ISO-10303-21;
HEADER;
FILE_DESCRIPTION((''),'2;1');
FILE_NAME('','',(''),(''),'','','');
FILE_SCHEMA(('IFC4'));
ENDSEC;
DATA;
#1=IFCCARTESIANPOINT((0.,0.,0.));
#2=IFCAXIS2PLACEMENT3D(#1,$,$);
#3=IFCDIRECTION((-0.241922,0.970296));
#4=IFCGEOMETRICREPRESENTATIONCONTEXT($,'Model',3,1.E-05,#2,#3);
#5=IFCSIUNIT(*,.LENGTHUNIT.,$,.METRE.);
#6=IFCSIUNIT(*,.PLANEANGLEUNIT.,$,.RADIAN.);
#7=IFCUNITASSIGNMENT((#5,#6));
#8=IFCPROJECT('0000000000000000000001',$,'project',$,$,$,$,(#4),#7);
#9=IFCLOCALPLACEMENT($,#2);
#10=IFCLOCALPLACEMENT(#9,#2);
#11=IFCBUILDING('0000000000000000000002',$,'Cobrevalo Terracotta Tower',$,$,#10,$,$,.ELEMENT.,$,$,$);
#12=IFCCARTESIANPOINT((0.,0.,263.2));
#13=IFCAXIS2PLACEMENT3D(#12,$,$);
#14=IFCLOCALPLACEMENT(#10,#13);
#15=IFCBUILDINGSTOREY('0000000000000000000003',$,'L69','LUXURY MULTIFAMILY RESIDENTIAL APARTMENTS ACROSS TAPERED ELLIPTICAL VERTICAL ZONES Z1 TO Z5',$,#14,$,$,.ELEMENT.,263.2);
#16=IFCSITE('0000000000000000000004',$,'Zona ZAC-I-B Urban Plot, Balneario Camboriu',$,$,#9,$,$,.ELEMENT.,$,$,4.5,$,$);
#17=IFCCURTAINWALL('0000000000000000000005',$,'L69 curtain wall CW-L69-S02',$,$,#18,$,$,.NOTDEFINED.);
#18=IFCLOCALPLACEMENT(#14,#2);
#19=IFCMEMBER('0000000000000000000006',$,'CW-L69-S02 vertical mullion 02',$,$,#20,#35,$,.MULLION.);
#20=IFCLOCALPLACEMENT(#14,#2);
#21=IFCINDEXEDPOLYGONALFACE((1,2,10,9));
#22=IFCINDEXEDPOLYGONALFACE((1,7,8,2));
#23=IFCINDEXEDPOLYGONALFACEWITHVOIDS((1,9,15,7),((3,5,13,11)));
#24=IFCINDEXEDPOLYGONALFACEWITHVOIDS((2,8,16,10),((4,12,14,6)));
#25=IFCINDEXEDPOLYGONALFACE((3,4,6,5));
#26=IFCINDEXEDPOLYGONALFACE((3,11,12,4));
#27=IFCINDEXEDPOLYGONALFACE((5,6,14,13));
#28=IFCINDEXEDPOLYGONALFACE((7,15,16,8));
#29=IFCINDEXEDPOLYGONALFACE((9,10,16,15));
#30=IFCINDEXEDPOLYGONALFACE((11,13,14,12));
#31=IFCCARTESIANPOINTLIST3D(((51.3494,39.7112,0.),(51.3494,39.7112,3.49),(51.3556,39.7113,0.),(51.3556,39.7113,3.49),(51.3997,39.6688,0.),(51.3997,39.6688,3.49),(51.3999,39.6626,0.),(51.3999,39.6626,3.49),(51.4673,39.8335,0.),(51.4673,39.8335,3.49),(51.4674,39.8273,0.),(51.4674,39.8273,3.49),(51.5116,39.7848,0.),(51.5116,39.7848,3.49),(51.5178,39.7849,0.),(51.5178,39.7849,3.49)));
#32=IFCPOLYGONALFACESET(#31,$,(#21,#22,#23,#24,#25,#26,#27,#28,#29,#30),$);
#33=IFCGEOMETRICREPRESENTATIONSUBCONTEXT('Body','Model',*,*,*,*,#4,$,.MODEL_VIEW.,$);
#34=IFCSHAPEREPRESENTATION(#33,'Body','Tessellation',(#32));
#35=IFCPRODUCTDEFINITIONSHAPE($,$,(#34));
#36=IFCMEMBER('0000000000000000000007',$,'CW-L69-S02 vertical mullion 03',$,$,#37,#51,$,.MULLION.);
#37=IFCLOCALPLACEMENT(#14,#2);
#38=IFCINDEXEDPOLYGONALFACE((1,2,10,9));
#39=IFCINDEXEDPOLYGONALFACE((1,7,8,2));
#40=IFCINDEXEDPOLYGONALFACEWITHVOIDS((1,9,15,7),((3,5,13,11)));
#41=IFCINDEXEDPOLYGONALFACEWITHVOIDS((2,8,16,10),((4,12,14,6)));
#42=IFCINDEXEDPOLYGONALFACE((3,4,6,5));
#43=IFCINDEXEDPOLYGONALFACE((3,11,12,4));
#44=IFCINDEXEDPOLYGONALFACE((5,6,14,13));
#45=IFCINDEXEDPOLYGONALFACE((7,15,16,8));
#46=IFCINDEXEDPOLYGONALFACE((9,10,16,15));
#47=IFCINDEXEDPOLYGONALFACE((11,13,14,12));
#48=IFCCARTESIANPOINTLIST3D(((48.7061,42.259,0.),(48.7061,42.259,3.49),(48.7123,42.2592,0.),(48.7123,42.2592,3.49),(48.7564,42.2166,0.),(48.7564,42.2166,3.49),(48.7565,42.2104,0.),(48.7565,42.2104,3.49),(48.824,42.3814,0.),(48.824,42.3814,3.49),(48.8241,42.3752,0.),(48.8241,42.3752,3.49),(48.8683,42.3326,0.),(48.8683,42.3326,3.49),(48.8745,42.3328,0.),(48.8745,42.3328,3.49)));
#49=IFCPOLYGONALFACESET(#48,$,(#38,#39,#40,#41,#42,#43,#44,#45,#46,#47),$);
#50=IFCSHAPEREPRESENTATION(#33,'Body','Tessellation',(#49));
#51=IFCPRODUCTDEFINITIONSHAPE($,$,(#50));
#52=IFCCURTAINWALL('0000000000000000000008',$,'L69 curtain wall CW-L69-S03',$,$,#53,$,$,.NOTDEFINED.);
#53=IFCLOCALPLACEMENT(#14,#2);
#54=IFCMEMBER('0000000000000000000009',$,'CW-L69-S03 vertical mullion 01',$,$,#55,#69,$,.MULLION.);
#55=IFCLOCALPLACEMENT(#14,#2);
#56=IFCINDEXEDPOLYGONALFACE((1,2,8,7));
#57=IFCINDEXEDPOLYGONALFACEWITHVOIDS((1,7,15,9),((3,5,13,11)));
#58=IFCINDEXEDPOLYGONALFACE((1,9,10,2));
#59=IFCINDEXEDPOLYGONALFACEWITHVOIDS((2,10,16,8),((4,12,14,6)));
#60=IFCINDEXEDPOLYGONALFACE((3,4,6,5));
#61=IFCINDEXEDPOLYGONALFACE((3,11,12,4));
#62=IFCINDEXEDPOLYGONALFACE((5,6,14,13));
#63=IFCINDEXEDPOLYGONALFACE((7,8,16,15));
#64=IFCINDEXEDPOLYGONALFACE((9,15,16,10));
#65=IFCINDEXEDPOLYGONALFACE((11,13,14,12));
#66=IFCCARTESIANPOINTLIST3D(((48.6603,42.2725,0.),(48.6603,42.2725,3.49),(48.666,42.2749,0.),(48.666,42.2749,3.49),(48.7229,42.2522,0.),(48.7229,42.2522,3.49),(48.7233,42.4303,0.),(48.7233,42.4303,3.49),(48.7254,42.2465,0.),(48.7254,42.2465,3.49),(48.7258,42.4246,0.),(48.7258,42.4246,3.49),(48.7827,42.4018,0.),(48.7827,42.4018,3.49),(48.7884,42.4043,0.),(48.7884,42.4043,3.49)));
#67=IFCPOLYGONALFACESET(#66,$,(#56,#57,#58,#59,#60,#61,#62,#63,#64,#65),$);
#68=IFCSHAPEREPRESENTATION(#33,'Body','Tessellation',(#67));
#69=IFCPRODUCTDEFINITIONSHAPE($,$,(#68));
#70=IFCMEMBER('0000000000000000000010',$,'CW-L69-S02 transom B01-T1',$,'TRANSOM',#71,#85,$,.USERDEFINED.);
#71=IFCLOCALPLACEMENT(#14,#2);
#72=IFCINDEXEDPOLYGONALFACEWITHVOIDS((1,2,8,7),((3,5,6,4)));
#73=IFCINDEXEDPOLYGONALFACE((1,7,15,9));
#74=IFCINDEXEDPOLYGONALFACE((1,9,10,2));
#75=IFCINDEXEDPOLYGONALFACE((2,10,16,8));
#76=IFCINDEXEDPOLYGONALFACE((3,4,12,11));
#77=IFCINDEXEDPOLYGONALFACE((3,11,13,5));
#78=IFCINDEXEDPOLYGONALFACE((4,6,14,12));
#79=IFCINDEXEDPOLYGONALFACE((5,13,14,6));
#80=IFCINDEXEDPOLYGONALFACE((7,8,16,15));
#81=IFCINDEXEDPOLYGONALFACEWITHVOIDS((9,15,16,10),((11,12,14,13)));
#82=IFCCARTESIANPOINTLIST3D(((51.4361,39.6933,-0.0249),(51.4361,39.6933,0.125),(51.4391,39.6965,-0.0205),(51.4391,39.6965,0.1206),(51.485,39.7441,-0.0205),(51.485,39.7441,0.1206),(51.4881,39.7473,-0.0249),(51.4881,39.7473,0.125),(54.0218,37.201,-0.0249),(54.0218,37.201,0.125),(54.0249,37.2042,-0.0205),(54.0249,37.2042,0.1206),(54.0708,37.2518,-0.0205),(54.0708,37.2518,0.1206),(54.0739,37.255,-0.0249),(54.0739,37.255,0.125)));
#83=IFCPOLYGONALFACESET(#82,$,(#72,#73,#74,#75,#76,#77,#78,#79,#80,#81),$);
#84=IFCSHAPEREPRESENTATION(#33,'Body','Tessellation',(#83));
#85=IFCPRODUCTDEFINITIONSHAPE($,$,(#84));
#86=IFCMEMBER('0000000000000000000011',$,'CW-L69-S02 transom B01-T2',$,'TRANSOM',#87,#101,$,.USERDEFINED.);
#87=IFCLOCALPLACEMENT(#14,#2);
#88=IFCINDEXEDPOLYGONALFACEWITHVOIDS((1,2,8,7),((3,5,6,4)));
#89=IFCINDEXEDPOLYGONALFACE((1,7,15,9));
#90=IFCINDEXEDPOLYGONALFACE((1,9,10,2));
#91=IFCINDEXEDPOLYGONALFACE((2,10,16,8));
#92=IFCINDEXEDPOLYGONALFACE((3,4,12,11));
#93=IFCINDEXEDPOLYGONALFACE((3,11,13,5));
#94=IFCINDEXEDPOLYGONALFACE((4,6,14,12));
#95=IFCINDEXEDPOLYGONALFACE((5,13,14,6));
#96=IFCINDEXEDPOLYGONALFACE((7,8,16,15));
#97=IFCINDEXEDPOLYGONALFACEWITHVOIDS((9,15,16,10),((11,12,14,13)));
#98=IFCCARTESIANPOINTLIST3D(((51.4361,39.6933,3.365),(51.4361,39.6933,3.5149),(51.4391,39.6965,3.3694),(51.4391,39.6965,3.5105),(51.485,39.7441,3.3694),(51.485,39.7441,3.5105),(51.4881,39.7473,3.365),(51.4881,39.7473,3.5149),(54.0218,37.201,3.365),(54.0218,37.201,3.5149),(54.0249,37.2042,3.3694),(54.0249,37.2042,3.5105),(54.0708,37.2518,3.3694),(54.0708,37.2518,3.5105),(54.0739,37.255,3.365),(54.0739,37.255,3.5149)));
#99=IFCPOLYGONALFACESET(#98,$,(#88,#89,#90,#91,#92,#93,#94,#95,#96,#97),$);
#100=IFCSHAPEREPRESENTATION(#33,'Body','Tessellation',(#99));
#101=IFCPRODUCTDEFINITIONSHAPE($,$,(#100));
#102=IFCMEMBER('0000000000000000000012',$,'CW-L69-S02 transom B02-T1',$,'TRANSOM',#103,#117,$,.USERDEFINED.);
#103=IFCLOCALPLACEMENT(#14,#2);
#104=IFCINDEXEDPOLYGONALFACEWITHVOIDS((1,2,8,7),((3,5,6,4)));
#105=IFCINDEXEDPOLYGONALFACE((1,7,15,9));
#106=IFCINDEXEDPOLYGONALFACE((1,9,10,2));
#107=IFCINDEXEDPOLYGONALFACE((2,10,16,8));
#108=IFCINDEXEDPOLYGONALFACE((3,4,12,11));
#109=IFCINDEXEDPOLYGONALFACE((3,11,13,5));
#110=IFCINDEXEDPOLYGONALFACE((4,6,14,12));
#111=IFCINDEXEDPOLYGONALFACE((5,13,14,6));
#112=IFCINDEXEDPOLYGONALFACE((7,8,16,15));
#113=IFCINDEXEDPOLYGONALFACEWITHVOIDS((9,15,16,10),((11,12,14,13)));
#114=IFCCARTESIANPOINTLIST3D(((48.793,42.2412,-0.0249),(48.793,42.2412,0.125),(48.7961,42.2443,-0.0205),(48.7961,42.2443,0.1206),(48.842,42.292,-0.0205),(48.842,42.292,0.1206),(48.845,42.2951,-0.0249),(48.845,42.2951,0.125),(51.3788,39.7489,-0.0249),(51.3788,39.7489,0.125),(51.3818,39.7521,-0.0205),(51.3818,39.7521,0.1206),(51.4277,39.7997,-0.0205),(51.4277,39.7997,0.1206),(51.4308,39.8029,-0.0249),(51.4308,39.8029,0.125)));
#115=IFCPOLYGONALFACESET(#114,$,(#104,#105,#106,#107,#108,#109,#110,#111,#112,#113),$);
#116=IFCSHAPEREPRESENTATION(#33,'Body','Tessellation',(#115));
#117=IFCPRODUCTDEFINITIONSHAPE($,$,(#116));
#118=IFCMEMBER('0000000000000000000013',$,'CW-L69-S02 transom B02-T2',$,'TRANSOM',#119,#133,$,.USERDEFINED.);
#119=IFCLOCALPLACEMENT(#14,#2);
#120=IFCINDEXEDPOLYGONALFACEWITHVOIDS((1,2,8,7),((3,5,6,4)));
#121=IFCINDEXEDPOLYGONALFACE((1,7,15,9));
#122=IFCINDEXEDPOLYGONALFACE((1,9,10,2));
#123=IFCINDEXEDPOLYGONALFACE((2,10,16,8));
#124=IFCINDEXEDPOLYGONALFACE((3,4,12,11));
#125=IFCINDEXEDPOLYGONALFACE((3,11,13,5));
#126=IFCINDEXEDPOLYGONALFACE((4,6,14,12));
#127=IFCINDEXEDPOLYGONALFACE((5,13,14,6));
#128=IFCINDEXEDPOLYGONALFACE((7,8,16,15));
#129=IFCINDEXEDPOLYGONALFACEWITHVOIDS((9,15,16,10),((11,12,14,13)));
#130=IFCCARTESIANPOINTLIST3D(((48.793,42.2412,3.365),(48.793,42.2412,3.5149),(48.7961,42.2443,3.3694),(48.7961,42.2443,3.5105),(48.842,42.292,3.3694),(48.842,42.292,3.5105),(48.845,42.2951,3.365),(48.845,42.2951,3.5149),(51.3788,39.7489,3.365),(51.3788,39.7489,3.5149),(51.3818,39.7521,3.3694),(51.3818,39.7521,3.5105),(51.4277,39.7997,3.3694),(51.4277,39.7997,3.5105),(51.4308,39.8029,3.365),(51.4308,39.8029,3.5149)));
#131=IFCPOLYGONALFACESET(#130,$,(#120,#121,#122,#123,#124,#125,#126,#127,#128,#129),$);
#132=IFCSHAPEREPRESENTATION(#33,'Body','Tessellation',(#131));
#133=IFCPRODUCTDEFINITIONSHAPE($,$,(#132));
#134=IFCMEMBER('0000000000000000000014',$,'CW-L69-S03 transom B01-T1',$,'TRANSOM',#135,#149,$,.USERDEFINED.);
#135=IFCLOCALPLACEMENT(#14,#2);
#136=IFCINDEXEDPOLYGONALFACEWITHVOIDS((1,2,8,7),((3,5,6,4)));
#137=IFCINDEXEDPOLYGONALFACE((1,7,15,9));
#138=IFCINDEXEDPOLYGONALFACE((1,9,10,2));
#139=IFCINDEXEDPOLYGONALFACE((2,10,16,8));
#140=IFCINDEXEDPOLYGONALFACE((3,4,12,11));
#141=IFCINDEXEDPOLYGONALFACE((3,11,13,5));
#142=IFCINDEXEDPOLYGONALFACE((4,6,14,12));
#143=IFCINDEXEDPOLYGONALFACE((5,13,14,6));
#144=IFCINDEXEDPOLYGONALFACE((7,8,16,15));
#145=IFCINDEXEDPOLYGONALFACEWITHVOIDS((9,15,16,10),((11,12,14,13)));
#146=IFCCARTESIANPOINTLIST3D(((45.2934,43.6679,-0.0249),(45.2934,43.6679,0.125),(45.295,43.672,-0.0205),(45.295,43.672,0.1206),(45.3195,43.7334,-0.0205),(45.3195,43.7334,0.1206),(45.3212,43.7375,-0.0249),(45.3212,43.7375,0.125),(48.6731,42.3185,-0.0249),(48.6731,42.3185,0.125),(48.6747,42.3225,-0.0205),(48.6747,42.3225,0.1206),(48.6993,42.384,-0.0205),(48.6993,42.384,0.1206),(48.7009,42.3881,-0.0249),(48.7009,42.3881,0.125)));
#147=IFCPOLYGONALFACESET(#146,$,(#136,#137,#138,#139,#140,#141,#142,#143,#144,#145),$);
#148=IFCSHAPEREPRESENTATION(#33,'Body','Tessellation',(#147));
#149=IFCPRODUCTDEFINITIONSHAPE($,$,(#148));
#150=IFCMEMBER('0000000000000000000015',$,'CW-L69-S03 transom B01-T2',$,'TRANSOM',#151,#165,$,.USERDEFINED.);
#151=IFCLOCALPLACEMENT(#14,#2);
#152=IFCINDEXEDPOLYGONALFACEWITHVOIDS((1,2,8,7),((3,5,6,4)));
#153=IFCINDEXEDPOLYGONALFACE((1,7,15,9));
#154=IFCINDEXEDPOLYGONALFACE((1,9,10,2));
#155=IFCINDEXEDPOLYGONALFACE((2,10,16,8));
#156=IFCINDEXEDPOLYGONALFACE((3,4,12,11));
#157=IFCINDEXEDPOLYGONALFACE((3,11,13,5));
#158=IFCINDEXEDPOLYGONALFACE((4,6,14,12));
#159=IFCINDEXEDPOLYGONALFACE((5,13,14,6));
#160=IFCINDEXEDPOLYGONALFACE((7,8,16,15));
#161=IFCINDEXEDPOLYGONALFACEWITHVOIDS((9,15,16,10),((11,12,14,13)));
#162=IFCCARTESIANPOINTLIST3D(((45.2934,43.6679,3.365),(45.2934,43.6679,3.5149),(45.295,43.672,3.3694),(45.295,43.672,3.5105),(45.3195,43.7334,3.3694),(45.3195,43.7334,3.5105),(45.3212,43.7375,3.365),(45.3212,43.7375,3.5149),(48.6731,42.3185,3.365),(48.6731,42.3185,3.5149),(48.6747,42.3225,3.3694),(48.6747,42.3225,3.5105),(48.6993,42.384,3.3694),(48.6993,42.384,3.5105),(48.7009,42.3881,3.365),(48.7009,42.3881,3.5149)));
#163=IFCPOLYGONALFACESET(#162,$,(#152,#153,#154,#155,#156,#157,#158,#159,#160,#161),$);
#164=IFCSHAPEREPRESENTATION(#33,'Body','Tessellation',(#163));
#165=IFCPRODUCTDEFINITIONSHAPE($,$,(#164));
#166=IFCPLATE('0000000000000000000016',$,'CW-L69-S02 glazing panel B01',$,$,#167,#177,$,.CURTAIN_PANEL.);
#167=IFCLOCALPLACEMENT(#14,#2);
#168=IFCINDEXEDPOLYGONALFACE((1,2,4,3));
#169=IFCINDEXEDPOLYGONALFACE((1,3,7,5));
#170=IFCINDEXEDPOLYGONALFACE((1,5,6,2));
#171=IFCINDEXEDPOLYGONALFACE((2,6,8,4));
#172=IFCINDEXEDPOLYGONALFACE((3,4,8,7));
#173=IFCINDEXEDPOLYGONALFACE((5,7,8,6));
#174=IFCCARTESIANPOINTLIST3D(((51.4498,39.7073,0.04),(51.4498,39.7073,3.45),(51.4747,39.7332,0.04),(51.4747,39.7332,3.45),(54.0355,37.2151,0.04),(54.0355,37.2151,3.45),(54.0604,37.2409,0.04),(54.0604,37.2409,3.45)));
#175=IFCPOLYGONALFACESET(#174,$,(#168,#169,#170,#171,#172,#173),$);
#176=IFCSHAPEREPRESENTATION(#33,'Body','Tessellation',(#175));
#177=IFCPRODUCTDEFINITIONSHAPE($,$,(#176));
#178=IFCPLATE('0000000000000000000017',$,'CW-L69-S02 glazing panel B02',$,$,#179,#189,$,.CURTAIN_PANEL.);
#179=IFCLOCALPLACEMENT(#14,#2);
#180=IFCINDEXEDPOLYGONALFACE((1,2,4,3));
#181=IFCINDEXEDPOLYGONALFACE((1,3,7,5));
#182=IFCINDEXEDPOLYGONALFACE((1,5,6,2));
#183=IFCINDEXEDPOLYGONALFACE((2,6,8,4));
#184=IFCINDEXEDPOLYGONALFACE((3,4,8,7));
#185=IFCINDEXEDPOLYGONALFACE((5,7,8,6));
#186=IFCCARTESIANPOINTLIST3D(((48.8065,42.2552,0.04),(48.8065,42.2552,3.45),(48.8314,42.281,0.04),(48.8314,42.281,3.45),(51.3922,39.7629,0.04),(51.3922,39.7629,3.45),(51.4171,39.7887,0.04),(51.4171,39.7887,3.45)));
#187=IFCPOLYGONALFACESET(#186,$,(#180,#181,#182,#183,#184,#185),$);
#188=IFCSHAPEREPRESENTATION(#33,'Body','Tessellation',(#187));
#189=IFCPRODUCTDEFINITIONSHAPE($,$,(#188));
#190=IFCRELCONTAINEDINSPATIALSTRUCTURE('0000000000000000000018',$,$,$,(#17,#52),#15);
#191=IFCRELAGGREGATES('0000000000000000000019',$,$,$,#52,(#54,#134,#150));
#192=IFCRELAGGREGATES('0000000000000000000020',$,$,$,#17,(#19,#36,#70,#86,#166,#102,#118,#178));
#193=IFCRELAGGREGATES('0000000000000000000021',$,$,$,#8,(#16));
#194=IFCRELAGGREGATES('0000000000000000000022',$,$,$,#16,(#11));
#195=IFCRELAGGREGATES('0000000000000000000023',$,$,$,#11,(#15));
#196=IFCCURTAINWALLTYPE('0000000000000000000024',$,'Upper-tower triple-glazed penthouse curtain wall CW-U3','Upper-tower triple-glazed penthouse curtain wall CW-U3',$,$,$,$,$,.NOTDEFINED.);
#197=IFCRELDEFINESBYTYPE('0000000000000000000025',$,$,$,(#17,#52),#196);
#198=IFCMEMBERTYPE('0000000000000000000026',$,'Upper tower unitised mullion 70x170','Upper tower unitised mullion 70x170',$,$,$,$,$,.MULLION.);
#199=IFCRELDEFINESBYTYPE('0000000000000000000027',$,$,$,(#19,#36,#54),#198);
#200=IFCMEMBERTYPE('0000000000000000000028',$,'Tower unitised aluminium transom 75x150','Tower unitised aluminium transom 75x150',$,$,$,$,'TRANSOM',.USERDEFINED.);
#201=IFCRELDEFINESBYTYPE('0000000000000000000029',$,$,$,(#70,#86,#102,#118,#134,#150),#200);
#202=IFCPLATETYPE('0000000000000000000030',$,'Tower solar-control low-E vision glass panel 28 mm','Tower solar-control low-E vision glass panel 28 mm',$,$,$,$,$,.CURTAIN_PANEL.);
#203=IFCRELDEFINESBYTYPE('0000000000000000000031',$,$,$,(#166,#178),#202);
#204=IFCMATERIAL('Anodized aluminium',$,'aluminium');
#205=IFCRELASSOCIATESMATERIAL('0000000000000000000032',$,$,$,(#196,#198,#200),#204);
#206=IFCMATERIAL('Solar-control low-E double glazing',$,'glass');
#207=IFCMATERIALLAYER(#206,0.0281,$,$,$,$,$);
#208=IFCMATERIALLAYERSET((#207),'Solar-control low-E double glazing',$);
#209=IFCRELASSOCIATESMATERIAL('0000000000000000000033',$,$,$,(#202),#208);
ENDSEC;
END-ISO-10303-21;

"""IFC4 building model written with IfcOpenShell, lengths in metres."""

from ifc_helpers import new_model, si_unit, direction, frame, origin, origin_2d, place, context, subcontext, project, spatial, rectangle, hollow_rectangle, extrude, source, transform, mapped, material, layer, layer_set, material_profile, profile_set, type_object, element, aggregate, save


model = new_model("IFC4")

# Units and contexts
model_context = context("Model", 3, precision=1e-05, world=origin(), true_north=direction((-0.241922, 0.970296)))
body_context = subcontext(model_context, "Body", "Model", "MODEL_VIEW")
ifc_project = project(units=[si_unit("LENGTHUNIT", "METRE"), si_unit("PLANEANGLEUNIT", "RADIAN")], contexts=[model_context])

# Site, building, storey
site_placement = place(None, origin())
site = spatial("IfcSite", under=ifc_project, at=site_placement, Name="Zona ZAC-I-B Urban Plot, Balneario Camboriu", CompositionType="ELEMENT", RefElevation=4.5)
building_placement = place(site_placement, origin())
building = spatial("IfcBuilding", under=site, at=building_placement, Name="Cobrevalo Terracotta Tower", CompositionType="ELEMENT")
storey_placement = place(building_placement, frame((0.0, 0.0, 263.2)))
storey = spatial("IfcBuildingStorey", under=building, at=storey_placement, Name="L69", Description="LUXURY MULTIFAMILY RESIDENTIAL APARTMENTS ACROSS TAPERED ELLIPTICAL VERTICAL ZONES Z1 TO Z5", CompositionType="ELEMENT", Elevation=263.2)

# Shared definitions
ifc_material_1 = material(Name="Anodized aluminium", Category="aluminium")
curtain_wall_type = type_object("IfcCurtainWallType", Name="Upper-tower triple-glazed penthouse curtain wall CW-U3", Description="Upper-tower triple-glazed penthouse curtain wall CW-U3", PredefinedType="NOTDEFINED", material=ifc_material_1)
ifc_material_profile_1 = material_profile(ifc_material_1, hollow_rectangle(XDim=0.0701, YDim=0.1699, WallThickness=0.0044, at=origin_2d()), Name="CWM 70x170")
ifc_profile_set_1 = profile_set([ifc_material_profile_1], Name="Anodized aluminium")
member_type_1 = type_object("IfcMemberType", Name="Upper tower unitised mullion 70x170", Description="Upper tower unitised mullion 70x170", PredefinedType="MULLION", material=ifc_profile_set_1)
shared_shape_1 = source(origin(), body_context, "Body", "SweptSolid", [
    extrude(hollow_rectangle(XDim=0.0701, YDim=0.1699, WallThickness=0.0044, at=origin_2d()), origin(), (0.0, 0.0, 1.0), 3.49),
])

# Curtain wall, members
curtain_wall_1_placement = place(storey_placement, origin())
curtain_wall_1 = element("IfcCurtainWall", 1, at=curtain_wall_1_placement, inside=storey, type_object=curtain_wall_type, Name="L69 curtain wall CW-L69-S02", PredefinedType="NOTDEFINED")
member_1_placement = place(storey_placement, frame((51.4336, 39.748, 0.0), z_axis=(0.0, 0.0, 1.0), x_axis=(-0.719994, 0.69398, 0.0)))
member_1 = element("IfcMember", 2, at=member_1_placement, type_object=member_type_1, Name="CW-L69-S02 vertical mullion 02", PredefinedType="MULLION", context=body_context, shape_type="MappedRepresentation", body=[
    mapped(shared_shape_1, transform((0.0, 0.0, 0.0), scale=1.0)),
])
member_2_placement = place(storey_placement, frame((48.7903, 42.2959, 0.0), z_axis=(0.0, 0.0, 1.0), x_axis=(-0.719994, 0.69398, 0.0)))
member_2 = element("IfcMember", 3, at=member_2_placement, type_object=member_type_1, Name="CW-L69-S02 vertical mullion 03", PredefinedType="MULLION", context=body_context, shape_type="MappedRepresentation", body=[
    mapped(shared_shape_1, transform((0.0, 0.0, 0.0), scale=1.0)),
])

# Curtain wall, member
curtain_wall_2_placement = place(storey_placement, origin())
curtain_wall_2 = element("IfcCurtainWall", 4, at=curtain_wall_2_placement, inside=storey, type_object=curtain_wall_type, Name="L69 curtain wall CW-L69-S03", PredefinedType="NOTDEFINED")
member_3_placement = place(storey_placement, frame((48.7244, 42.3384, 0.0), z_axis=(0.0, 0.0, 1.0), x_axis=(-0.928719, 0.370784, 0.0)))
member_3 = element("IfcMember", 5, at=member_3_placement, type_object=member_type_1, Name="CW-L69-S03 vertical mullion 01", PredefinedType="MULLION", context=body_context, shape_type="MappedRepresentation", body=[
    mapped(shared_shape_1, transform((0.0, 0.0, 0.0), scale=1.0)),
])

# Members
ifc_material_profile_2 = material_profile(ifc_material_1, hollow_rectangle(XDim=0.075, YDim=0.1499, WallThickness=0.0044, at=origin_2d()), Name="CWT 75x150")
ifc_profile_set_2 = profile_set([ifc_material_profile_2], Name="Anodized aluminium")
member_type_2 = type_object("IfcMemberType", Name="Tower unitised aluminium transom 75x150", Description="Tower unitised aluminium transom 75x150", ElementType="TRANSOM", PredefinedType="USERDEFINED", material=ifc_profile_set_2)
shared_shape_2 = source(origin(), body_context, "Body", "SweptSolid", [
    extrude(hollow_rectangle(XDim=0.075, YDim=0.1499, WallThickness=0.0044, at=origin_2d()), origin(), (0.0, 0.0, 1.0), 3.5913),
])
member_4_placement = place(storey_placement, frame((54.0479, 37.228, 0.05), z_axis=(-0.720006, 0.693968, 0.0), x_axis=(-0.693968, -0.720006, 0.0)))
member_4 = element("IfcMember", 6, at=member_4_placement, type_object=member_type_2, Name="CW-L69-S02 transom B01-T1", ObjectType="TRANSOM", PredefinedType="USERDEFINED", context=body_context, shape_type="MappedRepresentation", body=[
    mapped(shared_shape_2, transform((0.0, 0.0, 0.0), scale=1.0)),
])
member_5_placement = place(storey_placement, frame((54.0479, 37.228, 3.4399), z_axis=(-0.720006, 0.693968, 0.0), x_axis=(-0.693968, -0.720006, 0.0)))
member_5 = element("IfcMember", 7, at=member_5_placement, type_object=member_type_2, Name="CW-L69-S02 transom B01-T2", ObjectType="TRANSOM", PredefinedType="USERDEFINED", context=body_context, shape_type="MappedRepresentation", body=[
    mapped(shared_shape_2, transform((0.0, 0.0, 0.0), scale=1.0)),
])
member_6_placement = place(storey_placement, frame((51.4048, 39.7759, 0.05), z_axis=(-0.720006, 0.693968, 0.0), x_axis=(-0.693968, -0.720006, 0.0)))
member_6 = element("IfcMember", 8, at=member_6_placement, type_object=member_type_2, Name="CW-L69-S02 transom B02-T1", ObjectType="TRANSOM", PredefinedType="USERDEFINED", context=body_context, shape_type="MappedRepresentation", body=[
    mapped(shared_shape_2, transform((0.0, 0.0, 0.0), scale=1.0)),
])
member_7_placement = place(storey_placement, frame((51.4048, 39.7759, 3.4399), z_axis=(-0.720006, 0.693968, 0.0), x_axis=(-0.693968, -0.720006, 0.0)))
member_7 = element("IfcMember", 9, at=member_7_placement, type_object=member_type_2, Name="CW-L69-S02 transom B02-T2", ObjectType="TRANSOM", PredefinedType="USERDEFINED", context=body_context, shape_type="MappedRepresentation", body=[
    mapped(shared_shape_2, transform((0.0, 0.0, 0.0), scale=1.0)),
])
shared_shape_3 = source(origin(), body_context, "Body", "SweptSolid", [
    extrude(hollow_rectangle(XDim=0.075, YDim=0.1499, WallThickness=0.0044, at=origin_2d()), origin(), (0.0, 0.0, 1.0), 3.6392),
])
member_8_placement = place(storey_placement, frame((48.687, 42.3533, 0.05), z_axis=(-0.928712, 0.370801, 0.0), x_axis=(-0.370801, -0.928712, 0.0)))
member_8 = element("IfcMember", 10, at=member_8_placement, type_object=member_type_2, Name="CW-L69-S03 transom B01-T1", ObjectType="TRANSOM", PredefinedType="USERDEFINED", context=body_context, shape_type="MappedRepresentation", body=[
    mapped(shared_shape_3, transform((0.0, 0.0, 0.0), scale=1.0)),
])
member_9_placement = place(storey_placement, frame((48.687, 42.3533, 3.4399), z_axis=(-0.928712, 0.370801, 0.0), x_axis=(-0.370801, -0.928712, 0.0)))
member_9 = element("IfcMember", 11, at=member_9_placement, type_object=member_type_2, Name="CW-L69-S03 transom B01-T2", ObjectType="TRANSOM", PredefinedType="USERDEFINED", context=body_context, shape_type="MappedRepresentation", body=[
    mapped(shared_shape_3, transform((0.0, 0.0, 0.0), scale=1.0)),
])
aggregate(curtain_wall_2, [member_3, member_8, member_9])

# Plates
ifc_material_2 = material(Name="Solar-control low-E double glazing", Category="glass")
ifc_layer_1 = layer(ifc_material_2, 0.0281)
ifc_layer_set_1 = layer_set([ifc_layer_1], Name="Solar-control low-E double glazing")
plate_type = type_object("IfcPlateType", Name="Tower solar-control low-E vision glass panel 28 mm", Description="Tower solar-control low-E vision glass panel 28 mm", PredefinedType="CURTAIN_PANEL", material=ifc_layer_set_1)
shared_shape_4 = source(origin(), body_context, "Body", "SweptSolid", [
    extrude(rectangle(XDim=3.5913, YDim=0.0359, at=origin_2d()), origin(), (0.0, 0.0, 1.0), 3.4099),
])
plate_1_placement = place(storey_placement, frame((52.7551, 38.4741, 0.04), z_axis=(0.0, 0.0, 1.0), x_axis=(-0.719997, 0.693978, 0.0)))
plate_1 = element("IfcPlate", 12, at=plate_1_placement, type_object=plate_type, Name="CW-L69-S02 glazing panel B01", PredefinedType="CURTAIN_PANEL", context=body_context, shape_type="MappedRepresentation", body=[
    mapped(shared_shape_4, transform((0.0, 0.0, 0.0), scale=1.0)),
])
plate_2_placement = place(storey_placement, frame((50.1118, 41.022, 0.04), z_axis=(0.0, 0.0, 1.0), x_axis=(-0.719997, 0.693978, 0.0)))
plate_2 = element("IfcPlate", 13, at=plate_2_placement, type_object=plate_type, Name="CW-L69-S02 glazing panel B02", PredefinedType="CURTAIN_PANEL", context=body_context, shape_type="MappedRepresentation", body=[
    mapped(shared_shape_4, transform((0.0, 0.0, 0.0), scale=1.0)),
])
aggregate(curtain_wall_1, [member_1, member_2, member_4, member_5, plate_1, member_6, member_7, plate_2])

save(model, "model.ifc")
